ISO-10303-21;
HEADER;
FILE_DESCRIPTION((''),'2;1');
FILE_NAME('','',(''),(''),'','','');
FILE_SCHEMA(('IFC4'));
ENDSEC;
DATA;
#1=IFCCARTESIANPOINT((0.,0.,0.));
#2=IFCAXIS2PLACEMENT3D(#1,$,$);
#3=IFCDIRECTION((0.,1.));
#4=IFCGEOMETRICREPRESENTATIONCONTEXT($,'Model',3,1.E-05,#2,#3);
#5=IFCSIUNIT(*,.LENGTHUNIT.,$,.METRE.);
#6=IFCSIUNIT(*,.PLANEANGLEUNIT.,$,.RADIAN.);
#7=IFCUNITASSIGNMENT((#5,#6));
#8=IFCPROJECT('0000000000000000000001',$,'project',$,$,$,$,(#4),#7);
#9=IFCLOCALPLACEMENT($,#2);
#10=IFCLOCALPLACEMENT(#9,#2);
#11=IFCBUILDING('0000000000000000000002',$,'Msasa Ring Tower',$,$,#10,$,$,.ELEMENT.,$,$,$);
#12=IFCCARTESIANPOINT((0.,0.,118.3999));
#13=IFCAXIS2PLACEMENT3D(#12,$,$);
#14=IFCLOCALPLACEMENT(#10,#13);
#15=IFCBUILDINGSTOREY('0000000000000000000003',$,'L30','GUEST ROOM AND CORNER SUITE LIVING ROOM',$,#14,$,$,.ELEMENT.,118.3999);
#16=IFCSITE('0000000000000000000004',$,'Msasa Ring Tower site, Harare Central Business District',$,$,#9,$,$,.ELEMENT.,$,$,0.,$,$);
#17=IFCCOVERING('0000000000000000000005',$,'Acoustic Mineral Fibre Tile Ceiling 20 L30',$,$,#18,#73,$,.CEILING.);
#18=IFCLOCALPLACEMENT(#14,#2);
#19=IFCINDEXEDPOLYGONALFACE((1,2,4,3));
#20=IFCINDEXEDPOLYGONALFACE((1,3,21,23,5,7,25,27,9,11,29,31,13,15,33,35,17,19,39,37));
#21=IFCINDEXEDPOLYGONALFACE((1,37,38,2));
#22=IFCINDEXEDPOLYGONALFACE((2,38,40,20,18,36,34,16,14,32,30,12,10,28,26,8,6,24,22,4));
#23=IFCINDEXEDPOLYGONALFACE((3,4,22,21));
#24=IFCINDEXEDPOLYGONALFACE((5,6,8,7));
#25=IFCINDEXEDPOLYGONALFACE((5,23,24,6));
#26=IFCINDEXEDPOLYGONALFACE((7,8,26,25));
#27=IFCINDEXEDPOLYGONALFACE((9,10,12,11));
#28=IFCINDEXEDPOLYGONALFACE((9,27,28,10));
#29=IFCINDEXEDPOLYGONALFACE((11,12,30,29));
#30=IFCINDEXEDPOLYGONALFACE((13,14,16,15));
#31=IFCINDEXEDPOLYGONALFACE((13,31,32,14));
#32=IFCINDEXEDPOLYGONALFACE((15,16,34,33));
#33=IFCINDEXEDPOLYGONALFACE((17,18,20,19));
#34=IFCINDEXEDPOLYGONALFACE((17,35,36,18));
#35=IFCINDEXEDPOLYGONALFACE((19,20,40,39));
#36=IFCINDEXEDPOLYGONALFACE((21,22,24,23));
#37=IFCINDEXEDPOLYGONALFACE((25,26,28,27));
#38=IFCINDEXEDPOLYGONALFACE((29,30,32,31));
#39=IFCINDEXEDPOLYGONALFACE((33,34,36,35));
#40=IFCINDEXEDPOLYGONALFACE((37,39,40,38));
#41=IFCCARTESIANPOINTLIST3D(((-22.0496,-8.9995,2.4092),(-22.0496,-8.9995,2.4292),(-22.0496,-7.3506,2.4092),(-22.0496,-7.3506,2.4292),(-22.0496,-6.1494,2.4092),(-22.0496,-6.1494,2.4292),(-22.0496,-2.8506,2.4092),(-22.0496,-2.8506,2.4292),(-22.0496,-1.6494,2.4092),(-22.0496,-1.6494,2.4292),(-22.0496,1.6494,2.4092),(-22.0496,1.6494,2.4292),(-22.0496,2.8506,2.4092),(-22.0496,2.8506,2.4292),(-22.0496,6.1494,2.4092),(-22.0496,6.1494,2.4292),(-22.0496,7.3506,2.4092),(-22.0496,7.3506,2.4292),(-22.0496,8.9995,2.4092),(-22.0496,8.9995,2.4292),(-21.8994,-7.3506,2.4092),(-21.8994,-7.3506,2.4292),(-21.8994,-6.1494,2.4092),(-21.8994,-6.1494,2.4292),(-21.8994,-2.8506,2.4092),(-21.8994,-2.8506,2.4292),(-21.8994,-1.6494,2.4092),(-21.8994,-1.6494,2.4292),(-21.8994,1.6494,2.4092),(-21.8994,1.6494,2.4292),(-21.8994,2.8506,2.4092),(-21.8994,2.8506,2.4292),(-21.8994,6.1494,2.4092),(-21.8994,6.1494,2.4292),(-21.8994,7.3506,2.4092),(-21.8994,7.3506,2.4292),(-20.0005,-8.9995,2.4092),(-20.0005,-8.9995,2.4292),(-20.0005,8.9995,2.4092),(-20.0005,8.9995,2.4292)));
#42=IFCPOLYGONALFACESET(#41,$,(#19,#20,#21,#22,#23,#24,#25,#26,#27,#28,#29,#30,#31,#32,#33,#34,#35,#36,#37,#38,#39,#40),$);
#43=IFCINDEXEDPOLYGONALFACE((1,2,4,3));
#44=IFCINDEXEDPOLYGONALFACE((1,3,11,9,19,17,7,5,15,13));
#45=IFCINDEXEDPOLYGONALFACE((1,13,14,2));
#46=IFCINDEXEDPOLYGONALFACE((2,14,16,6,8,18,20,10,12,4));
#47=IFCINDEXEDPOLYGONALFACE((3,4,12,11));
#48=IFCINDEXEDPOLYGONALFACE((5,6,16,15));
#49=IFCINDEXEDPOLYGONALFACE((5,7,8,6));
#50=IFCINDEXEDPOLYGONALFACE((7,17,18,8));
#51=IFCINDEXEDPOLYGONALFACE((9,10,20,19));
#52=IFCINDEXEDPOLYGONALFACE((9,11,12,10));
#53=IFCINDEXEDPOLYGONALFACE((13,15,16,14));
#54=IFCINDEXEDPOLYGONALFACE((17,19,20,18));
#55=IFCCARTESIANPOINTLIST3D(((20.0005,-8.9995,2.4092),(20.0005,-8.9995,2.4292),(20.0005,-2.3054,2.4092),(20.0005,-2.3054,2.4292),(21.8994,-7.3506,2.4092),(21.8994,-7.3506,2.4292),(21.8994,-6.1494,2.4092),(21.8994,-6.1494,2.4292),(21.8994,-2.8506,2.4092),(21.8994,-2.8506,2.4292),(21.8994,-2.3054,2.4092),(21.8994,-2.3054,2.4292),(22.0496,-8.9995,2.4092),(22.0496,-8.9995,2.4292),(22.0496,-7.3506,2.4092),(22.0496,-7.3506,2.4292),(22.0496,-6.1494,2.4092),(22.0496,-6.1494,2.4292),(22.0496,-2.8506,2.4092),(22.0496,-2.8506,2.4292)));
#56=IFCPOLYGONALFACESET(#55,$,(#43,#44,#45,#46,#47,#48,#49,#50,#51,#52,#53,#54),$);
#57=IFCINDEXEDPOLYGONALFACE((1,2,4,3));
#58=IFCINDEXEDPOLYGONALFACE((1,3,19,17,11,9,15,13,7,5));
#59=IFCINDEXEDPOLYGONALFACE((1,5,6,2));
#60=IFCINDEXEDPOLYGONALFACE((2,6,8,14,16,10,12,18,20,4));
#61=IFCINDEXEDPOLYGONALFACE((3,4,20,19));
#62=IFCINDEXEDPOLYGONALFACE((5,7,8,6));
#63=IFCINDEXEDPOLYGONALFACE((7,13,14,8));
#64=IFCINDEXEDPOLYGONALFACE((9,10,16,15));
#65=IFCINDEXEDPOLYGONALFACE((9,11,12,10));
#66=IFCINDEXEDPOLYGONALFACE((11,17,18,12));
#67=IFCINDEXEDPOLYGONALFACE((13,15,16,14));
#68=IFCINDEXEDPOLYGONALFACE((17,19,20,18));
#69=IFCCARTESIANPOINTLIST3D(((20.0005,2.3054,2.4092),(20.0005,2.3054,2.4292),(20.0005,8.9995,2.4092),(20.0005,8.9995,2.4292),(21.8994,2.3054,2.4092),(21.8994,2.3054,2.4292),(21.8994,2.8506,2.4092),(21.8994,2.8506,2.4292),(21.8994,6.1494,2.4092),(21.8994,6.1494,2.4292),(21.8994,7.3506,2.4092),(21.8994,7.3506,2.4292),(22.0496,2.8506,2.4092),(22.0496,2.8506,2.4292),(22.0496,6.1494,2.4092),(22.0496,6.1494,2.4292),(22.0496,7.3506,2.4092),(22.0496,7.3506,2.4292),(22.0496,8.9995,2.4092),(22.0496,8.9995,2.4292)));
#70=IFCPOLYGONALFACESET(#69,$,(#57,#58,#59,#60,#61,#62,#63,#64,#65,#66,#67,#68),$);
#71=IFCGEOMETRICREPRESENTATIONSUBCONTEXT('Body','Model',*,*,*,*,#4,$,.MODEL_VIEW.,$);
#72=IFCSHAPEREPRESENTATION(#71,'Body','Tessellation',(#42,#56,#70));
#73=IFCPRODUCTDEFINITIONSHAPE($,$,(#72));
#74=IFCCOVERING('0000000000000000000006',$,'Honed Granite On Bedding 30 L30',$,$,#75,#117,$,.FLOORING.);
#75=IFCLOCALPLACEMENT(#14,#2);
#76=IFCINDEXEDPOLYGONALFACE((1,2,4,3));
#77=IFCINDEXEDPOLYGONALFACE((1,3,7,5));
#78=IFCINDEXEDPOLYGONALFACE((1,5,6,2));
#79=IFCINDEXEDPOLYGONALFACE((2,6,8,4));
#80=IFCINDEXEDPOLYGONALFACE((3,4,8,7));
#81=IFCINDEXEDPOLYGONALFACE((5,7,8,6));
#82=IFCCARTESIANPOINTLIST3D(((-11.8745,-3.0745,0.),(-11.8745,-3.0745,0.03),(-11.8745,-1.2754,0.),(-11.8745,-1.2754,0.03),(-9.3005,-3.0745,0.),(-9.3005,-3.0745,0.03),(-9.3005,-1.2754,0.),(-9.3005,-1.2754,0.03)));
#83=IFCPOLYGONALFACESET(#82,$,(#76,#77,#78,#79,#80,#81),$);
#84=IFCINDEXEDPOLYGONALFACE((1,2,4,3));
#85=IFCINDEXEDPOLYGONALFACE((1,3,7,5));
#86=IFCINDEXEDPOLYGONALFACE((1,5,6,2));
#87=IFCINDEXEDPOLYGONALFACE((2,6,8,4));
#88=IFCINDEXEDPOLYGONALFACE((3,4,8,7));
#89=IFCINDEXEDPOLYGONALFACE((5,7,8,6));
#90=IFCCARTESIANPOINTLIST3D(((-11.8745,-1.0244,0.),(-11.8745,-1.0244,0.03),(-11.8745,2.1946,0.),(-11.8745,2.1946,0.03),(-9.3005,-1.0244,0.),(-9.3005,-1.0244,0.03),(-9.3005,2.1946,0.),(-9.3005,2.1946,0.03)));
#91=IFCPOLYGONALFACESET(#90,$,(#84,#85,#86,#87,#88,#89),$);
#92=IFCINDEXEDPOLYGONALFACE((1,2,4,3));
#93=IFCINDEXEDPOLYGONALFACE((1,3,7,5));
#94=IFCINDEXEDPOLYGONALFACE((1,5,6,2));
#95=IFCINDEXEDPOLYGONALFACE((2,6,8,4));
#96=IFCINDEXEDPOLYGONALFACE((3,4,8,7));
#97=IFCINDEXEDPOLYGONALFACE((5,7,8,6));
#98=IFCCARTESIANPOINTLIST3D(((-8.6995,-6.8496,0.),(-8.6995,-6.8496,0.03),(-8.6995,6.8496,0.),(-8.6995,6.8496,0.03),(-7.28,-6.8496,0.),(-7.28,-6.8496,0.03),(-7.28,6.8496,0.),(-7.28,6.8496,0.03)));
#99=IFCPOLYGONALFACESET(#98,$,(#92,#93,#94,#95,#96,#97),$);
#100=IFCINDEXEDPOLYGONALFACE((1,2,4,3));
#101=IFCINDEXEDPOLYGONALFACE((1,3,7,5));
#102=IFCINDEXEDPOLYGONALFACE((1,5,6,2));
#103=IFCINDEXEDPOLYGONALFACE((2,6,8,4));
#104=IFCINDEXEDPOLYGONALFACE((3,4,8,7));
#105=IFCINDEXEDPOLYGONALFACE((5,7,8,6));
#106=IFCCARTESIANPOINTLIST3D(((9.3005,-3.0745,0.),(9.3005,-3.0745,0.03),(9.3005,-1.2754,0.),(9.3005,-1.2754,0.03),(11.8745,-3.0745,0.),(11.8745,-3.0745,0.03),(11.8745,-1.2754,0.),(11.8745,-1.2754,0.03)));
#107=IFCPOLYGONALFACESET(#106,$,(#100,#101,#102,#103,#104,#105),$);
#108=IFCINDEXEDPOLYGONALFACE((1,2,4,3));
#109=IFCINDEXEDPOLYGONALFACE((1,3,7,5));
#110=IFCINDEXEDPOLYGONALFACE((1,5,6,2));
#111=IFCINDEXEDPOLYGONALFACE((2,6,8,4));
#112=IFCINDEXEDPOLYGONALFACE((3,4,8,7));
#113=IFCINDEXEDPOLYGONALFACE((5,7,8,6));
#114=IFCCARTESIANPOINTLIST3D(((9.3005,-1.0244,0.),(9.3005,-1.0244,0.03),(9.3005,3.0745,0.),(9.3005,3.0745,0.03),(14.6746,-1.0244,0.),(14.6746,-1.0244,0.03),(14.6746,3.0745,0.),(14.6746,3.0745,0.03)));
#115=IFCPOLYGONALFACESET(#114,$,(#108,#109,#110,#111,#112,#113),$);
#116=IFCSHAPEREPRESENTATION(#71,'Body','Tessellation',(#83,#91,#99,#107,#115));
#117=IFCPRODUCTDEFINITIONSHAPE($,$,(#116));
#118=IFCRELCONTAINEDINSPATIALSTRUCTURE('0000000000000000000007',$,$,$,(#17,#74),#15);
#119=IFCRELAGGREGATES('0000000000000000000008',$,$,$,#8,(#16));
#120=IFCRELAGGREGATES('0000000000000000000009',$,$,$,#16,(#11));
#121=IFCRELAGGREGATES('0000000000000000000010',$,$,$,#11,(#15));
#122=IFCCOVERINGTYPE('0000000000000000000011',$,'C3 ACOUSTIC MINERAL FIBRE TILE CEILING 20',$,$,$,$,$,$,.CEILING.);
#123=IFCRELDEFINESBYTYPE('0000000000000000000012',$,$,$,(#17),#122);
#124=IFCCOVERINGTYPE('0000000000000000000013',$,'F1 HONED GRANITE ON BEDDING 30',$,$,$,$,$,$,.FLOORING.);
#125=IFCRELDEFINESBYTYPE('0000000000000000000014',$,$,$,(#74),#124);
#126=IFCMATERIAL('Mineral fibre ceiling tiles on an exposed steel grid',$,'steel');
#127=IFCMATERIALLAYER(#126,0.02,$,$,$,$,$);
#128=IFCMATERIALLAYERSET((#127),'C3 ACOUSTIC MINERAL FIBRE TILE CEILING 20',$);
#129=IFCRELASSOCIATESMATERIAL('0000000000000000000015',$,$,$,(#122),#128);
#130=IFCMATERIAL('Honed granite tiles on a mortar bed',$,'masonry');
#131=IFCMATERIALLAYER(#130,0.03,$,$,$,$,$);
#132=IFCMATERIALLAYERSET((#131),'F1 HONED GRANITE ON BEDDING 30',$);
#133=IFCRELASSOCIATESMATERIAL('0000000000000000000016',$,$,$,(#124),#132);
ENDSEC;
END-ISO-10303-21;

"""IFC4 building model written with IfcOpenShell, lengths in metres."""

from ifc_helpers import new_model, si_unit, direction, frame, origin, place, context, subcontext, project, spatial, line, indexed_curve, outline, extrude, material, layer, layer_set, type_object, element, save


model = new_model("IFC4")

# Units and contexts
model_context = context("Model", 3, precision=1e-05, world=origin(), true_north=direction((0.0, 1.0)))
body_context = subcontext(model_context, "Body", "Model", "MODEL_VIEW")
ifc_project = project(units=[si_unit("LENGTHUNIT", "METRE"), si_unit("PLANEANGLEUNIT", "RADIAN")], contexts=[model_context])

# Site, building, storey
site_placement = place(None, origin())
site = spatial("IfcSite", under=ifc_project, at=site_placement, Name="Msasa Ring Tower site, Harare Central Business District", CompositionType="ELEMENT", RefElevation=0.0)
building_placement = place(site_placement, origin())
building = spatial("IfcBuilding", under=site, at=building_placement, Name="Msasa Ring Tower", CompositionType="ELEMENT")
storey_placement = place(building_placement, frame((0.0, 0.0, 118.3999)))
storey = spatial("IfcBuildingStorey", under=building, at=storey_placement, Name="L30", Description="GUEST ROOM AND CORNER SUITE LIVING ROOM", CompositionType="ELEMENT", Elevation=118.3999)

# Coverings
ifc_material_1 = material(Name="Mineral fibre ceiling tiles on an exposed steel grid", Category="steel")
ifc_layer_1 = layer(ifc_material_1, 0.02)
ifc_layer_set_1 = layer_set([ifc_layer_1], Name="C3 ACOUSTIC MINERAL FIBRE TILE CEILING 20")
covering_type_1 = type_object("IfcCoveringType", Name="C3 ACOUSTIC MINERAL FIBRE TILE CEILING 20", PredefinedType="CEILING", material=ifc_layer_set_1)
covering_1_placement = place(storey_placement, frame((0.0, 0.0, 2.4092)))
element("IfcCovering", 1, at=covering_1_placement, inside=storey, type_object=covering_type_1, Name="Acoustic Mineral Fibre Tile Ceiling 20 L30", PredefinedType="CEILING", context=body_context, shape_type="SweptSolid", body=[
    extrude(outline(indexed_curve([(-22.0496, -7.3506), (-21.8994, -7.3506), (-21.8994, -6.1494), (-22.0496, -6.1494), (-22.0496, -2.8506), (-21.8994, -2.8506), (-21.8994, -1.6494), (-22.0496, -1.6494), (-22.0496, 1.6494), (-21.8994, 1.6494), (-21.8994, 2.8506), (-22.0496, 2.8506), (-22.0496, 6.1494), (-21.8994, 6.1494), (-21.8994, 7.3506), (-22.0496, 7.3506), (-22.0496, 8.9995), (-20.0005, 8.9995), (-20.0005, -8.9995), (-22.0496, -8.9995)], segments=[line(1, 2, 3, 4, 5, 6, 7, 8, 9, 10, 11, 12, 13, 14, 15, 16, 17, 18, 19, 20, 1)], self_intersect=False)), origin(), (0.0, 0.0, 1.0), 0.02),
    extrude(outline(indexed_curve([(20.0005, -2.3054), (21.8994, -2.3054), (21.8994, -2.8506), (22.0496, -2.8506), (22.0496, -6.1494), (21.8994, -6.1494), (21.8994, -7.3506), (22.0496, -7.3506), (22.0496, -8.9995), (20.0005, -8.9995)], segments=[line(1, 2, 3, 4, 5, 6, 7, 8, 9, 10, 1)], self_intersect=False)), origin(), (0.0, 0.0, 1.0), 0.02),
    extrude(outline(indexed_curve([(22.0496, 8.9995), (22.0496, 7.3506), (21.8994, 7.3506), (21.8994, 6.1494), (22.0496, 6.1494), (22.0496, 2.8506), (21.8994, 2.8506), (21.8994, 2.3054), (20.0005, 2.3054), (20.0005, 8.9995)], segments=[line(1, 2, 3, 4, 5, 6, 7, 8, 9, 10, 1)], self_intersect=False)), origin(), (0.0, 0.0, 1.0), 0.02),
])
ifc_material_2 = material(Name="Honed granite tiles on a mortar bed", Category="masonry")
ifc_layer_2 = layer(ifc_material_2, 0.03)
ifc_layer_set_2 = layer_set([ifc_layer_2], Name="F1 HONED GRANITE ON BEDDING 30")
covering_type_2 = type_object("IfcCoveringType", Name="F1 HONED GRANITE ON BEDDING 30", PredefinedType="FLOORING", material=ifc_layer_set_2)
covering_2_placement = place(storey_placement, origin())
element("IfcCovering", 2, at=covering_2_placement, inside=storey, type_object=covering_type_2, Name="Honed Granite On Bedding 30 L30", PredefinedType="FLOORING", context=body_context, shape_type="SweptSolid", body=[
    extrude(outline(indexed_curve([(-11.8745, -3.0745), (-11.8745, -1.2754), (-9.3005, -1.2754), (-9.3005, -3.0745)], segments=[line(1, 2, 3, 4, 1)], self_intersect=False)), origin(), (0.0, 0.0, 1.0), 0.03),
    extrude(outline(indexed_curve([(-11.8745, 2.1946), (-9.3005, 2.1946), (-9.3005, -1.0244), (-11.8745, -1.0244)], segments=[line(1, 2, 3, 4, 1)], self_intersect=False)), origin(), (0.0, 0.0, 1.0), 0.03),
    extrude(outline(indexed_curve([(-8.6995, -6.8496), (-8.6995, 6.8496), (-7.28, 6.8496), (-7.28, -6.8496)], segments=[line(1, 2, 3, 4, 1)], self_intersect=False)), origin(), (0.0, 0.0, 1.0), 0.03),
    extrude(outline(indexed_curve([(9.3005, -3.0745), (9.3005, -1.2754), (11.8745, -1.2754), (11.8745, -3.0745)], segments=[line(1, 2, 3, 4, 1)], self_intersect=False)), origin(), (0.0, 0.0, 1.0), 0.03),
    extrude(outline(indexed_curve([(9.3005, 3.0745), (14.6746, 3.0745), (14.6746, -1.0244), (9.3005, -1.0244)], segments=[line(1, 2, 3, 4, 1)], self_intersect=False)), origin(), (0.0, 0.0, 1.0), 0.03),
])

save(model, "model.ifc")
